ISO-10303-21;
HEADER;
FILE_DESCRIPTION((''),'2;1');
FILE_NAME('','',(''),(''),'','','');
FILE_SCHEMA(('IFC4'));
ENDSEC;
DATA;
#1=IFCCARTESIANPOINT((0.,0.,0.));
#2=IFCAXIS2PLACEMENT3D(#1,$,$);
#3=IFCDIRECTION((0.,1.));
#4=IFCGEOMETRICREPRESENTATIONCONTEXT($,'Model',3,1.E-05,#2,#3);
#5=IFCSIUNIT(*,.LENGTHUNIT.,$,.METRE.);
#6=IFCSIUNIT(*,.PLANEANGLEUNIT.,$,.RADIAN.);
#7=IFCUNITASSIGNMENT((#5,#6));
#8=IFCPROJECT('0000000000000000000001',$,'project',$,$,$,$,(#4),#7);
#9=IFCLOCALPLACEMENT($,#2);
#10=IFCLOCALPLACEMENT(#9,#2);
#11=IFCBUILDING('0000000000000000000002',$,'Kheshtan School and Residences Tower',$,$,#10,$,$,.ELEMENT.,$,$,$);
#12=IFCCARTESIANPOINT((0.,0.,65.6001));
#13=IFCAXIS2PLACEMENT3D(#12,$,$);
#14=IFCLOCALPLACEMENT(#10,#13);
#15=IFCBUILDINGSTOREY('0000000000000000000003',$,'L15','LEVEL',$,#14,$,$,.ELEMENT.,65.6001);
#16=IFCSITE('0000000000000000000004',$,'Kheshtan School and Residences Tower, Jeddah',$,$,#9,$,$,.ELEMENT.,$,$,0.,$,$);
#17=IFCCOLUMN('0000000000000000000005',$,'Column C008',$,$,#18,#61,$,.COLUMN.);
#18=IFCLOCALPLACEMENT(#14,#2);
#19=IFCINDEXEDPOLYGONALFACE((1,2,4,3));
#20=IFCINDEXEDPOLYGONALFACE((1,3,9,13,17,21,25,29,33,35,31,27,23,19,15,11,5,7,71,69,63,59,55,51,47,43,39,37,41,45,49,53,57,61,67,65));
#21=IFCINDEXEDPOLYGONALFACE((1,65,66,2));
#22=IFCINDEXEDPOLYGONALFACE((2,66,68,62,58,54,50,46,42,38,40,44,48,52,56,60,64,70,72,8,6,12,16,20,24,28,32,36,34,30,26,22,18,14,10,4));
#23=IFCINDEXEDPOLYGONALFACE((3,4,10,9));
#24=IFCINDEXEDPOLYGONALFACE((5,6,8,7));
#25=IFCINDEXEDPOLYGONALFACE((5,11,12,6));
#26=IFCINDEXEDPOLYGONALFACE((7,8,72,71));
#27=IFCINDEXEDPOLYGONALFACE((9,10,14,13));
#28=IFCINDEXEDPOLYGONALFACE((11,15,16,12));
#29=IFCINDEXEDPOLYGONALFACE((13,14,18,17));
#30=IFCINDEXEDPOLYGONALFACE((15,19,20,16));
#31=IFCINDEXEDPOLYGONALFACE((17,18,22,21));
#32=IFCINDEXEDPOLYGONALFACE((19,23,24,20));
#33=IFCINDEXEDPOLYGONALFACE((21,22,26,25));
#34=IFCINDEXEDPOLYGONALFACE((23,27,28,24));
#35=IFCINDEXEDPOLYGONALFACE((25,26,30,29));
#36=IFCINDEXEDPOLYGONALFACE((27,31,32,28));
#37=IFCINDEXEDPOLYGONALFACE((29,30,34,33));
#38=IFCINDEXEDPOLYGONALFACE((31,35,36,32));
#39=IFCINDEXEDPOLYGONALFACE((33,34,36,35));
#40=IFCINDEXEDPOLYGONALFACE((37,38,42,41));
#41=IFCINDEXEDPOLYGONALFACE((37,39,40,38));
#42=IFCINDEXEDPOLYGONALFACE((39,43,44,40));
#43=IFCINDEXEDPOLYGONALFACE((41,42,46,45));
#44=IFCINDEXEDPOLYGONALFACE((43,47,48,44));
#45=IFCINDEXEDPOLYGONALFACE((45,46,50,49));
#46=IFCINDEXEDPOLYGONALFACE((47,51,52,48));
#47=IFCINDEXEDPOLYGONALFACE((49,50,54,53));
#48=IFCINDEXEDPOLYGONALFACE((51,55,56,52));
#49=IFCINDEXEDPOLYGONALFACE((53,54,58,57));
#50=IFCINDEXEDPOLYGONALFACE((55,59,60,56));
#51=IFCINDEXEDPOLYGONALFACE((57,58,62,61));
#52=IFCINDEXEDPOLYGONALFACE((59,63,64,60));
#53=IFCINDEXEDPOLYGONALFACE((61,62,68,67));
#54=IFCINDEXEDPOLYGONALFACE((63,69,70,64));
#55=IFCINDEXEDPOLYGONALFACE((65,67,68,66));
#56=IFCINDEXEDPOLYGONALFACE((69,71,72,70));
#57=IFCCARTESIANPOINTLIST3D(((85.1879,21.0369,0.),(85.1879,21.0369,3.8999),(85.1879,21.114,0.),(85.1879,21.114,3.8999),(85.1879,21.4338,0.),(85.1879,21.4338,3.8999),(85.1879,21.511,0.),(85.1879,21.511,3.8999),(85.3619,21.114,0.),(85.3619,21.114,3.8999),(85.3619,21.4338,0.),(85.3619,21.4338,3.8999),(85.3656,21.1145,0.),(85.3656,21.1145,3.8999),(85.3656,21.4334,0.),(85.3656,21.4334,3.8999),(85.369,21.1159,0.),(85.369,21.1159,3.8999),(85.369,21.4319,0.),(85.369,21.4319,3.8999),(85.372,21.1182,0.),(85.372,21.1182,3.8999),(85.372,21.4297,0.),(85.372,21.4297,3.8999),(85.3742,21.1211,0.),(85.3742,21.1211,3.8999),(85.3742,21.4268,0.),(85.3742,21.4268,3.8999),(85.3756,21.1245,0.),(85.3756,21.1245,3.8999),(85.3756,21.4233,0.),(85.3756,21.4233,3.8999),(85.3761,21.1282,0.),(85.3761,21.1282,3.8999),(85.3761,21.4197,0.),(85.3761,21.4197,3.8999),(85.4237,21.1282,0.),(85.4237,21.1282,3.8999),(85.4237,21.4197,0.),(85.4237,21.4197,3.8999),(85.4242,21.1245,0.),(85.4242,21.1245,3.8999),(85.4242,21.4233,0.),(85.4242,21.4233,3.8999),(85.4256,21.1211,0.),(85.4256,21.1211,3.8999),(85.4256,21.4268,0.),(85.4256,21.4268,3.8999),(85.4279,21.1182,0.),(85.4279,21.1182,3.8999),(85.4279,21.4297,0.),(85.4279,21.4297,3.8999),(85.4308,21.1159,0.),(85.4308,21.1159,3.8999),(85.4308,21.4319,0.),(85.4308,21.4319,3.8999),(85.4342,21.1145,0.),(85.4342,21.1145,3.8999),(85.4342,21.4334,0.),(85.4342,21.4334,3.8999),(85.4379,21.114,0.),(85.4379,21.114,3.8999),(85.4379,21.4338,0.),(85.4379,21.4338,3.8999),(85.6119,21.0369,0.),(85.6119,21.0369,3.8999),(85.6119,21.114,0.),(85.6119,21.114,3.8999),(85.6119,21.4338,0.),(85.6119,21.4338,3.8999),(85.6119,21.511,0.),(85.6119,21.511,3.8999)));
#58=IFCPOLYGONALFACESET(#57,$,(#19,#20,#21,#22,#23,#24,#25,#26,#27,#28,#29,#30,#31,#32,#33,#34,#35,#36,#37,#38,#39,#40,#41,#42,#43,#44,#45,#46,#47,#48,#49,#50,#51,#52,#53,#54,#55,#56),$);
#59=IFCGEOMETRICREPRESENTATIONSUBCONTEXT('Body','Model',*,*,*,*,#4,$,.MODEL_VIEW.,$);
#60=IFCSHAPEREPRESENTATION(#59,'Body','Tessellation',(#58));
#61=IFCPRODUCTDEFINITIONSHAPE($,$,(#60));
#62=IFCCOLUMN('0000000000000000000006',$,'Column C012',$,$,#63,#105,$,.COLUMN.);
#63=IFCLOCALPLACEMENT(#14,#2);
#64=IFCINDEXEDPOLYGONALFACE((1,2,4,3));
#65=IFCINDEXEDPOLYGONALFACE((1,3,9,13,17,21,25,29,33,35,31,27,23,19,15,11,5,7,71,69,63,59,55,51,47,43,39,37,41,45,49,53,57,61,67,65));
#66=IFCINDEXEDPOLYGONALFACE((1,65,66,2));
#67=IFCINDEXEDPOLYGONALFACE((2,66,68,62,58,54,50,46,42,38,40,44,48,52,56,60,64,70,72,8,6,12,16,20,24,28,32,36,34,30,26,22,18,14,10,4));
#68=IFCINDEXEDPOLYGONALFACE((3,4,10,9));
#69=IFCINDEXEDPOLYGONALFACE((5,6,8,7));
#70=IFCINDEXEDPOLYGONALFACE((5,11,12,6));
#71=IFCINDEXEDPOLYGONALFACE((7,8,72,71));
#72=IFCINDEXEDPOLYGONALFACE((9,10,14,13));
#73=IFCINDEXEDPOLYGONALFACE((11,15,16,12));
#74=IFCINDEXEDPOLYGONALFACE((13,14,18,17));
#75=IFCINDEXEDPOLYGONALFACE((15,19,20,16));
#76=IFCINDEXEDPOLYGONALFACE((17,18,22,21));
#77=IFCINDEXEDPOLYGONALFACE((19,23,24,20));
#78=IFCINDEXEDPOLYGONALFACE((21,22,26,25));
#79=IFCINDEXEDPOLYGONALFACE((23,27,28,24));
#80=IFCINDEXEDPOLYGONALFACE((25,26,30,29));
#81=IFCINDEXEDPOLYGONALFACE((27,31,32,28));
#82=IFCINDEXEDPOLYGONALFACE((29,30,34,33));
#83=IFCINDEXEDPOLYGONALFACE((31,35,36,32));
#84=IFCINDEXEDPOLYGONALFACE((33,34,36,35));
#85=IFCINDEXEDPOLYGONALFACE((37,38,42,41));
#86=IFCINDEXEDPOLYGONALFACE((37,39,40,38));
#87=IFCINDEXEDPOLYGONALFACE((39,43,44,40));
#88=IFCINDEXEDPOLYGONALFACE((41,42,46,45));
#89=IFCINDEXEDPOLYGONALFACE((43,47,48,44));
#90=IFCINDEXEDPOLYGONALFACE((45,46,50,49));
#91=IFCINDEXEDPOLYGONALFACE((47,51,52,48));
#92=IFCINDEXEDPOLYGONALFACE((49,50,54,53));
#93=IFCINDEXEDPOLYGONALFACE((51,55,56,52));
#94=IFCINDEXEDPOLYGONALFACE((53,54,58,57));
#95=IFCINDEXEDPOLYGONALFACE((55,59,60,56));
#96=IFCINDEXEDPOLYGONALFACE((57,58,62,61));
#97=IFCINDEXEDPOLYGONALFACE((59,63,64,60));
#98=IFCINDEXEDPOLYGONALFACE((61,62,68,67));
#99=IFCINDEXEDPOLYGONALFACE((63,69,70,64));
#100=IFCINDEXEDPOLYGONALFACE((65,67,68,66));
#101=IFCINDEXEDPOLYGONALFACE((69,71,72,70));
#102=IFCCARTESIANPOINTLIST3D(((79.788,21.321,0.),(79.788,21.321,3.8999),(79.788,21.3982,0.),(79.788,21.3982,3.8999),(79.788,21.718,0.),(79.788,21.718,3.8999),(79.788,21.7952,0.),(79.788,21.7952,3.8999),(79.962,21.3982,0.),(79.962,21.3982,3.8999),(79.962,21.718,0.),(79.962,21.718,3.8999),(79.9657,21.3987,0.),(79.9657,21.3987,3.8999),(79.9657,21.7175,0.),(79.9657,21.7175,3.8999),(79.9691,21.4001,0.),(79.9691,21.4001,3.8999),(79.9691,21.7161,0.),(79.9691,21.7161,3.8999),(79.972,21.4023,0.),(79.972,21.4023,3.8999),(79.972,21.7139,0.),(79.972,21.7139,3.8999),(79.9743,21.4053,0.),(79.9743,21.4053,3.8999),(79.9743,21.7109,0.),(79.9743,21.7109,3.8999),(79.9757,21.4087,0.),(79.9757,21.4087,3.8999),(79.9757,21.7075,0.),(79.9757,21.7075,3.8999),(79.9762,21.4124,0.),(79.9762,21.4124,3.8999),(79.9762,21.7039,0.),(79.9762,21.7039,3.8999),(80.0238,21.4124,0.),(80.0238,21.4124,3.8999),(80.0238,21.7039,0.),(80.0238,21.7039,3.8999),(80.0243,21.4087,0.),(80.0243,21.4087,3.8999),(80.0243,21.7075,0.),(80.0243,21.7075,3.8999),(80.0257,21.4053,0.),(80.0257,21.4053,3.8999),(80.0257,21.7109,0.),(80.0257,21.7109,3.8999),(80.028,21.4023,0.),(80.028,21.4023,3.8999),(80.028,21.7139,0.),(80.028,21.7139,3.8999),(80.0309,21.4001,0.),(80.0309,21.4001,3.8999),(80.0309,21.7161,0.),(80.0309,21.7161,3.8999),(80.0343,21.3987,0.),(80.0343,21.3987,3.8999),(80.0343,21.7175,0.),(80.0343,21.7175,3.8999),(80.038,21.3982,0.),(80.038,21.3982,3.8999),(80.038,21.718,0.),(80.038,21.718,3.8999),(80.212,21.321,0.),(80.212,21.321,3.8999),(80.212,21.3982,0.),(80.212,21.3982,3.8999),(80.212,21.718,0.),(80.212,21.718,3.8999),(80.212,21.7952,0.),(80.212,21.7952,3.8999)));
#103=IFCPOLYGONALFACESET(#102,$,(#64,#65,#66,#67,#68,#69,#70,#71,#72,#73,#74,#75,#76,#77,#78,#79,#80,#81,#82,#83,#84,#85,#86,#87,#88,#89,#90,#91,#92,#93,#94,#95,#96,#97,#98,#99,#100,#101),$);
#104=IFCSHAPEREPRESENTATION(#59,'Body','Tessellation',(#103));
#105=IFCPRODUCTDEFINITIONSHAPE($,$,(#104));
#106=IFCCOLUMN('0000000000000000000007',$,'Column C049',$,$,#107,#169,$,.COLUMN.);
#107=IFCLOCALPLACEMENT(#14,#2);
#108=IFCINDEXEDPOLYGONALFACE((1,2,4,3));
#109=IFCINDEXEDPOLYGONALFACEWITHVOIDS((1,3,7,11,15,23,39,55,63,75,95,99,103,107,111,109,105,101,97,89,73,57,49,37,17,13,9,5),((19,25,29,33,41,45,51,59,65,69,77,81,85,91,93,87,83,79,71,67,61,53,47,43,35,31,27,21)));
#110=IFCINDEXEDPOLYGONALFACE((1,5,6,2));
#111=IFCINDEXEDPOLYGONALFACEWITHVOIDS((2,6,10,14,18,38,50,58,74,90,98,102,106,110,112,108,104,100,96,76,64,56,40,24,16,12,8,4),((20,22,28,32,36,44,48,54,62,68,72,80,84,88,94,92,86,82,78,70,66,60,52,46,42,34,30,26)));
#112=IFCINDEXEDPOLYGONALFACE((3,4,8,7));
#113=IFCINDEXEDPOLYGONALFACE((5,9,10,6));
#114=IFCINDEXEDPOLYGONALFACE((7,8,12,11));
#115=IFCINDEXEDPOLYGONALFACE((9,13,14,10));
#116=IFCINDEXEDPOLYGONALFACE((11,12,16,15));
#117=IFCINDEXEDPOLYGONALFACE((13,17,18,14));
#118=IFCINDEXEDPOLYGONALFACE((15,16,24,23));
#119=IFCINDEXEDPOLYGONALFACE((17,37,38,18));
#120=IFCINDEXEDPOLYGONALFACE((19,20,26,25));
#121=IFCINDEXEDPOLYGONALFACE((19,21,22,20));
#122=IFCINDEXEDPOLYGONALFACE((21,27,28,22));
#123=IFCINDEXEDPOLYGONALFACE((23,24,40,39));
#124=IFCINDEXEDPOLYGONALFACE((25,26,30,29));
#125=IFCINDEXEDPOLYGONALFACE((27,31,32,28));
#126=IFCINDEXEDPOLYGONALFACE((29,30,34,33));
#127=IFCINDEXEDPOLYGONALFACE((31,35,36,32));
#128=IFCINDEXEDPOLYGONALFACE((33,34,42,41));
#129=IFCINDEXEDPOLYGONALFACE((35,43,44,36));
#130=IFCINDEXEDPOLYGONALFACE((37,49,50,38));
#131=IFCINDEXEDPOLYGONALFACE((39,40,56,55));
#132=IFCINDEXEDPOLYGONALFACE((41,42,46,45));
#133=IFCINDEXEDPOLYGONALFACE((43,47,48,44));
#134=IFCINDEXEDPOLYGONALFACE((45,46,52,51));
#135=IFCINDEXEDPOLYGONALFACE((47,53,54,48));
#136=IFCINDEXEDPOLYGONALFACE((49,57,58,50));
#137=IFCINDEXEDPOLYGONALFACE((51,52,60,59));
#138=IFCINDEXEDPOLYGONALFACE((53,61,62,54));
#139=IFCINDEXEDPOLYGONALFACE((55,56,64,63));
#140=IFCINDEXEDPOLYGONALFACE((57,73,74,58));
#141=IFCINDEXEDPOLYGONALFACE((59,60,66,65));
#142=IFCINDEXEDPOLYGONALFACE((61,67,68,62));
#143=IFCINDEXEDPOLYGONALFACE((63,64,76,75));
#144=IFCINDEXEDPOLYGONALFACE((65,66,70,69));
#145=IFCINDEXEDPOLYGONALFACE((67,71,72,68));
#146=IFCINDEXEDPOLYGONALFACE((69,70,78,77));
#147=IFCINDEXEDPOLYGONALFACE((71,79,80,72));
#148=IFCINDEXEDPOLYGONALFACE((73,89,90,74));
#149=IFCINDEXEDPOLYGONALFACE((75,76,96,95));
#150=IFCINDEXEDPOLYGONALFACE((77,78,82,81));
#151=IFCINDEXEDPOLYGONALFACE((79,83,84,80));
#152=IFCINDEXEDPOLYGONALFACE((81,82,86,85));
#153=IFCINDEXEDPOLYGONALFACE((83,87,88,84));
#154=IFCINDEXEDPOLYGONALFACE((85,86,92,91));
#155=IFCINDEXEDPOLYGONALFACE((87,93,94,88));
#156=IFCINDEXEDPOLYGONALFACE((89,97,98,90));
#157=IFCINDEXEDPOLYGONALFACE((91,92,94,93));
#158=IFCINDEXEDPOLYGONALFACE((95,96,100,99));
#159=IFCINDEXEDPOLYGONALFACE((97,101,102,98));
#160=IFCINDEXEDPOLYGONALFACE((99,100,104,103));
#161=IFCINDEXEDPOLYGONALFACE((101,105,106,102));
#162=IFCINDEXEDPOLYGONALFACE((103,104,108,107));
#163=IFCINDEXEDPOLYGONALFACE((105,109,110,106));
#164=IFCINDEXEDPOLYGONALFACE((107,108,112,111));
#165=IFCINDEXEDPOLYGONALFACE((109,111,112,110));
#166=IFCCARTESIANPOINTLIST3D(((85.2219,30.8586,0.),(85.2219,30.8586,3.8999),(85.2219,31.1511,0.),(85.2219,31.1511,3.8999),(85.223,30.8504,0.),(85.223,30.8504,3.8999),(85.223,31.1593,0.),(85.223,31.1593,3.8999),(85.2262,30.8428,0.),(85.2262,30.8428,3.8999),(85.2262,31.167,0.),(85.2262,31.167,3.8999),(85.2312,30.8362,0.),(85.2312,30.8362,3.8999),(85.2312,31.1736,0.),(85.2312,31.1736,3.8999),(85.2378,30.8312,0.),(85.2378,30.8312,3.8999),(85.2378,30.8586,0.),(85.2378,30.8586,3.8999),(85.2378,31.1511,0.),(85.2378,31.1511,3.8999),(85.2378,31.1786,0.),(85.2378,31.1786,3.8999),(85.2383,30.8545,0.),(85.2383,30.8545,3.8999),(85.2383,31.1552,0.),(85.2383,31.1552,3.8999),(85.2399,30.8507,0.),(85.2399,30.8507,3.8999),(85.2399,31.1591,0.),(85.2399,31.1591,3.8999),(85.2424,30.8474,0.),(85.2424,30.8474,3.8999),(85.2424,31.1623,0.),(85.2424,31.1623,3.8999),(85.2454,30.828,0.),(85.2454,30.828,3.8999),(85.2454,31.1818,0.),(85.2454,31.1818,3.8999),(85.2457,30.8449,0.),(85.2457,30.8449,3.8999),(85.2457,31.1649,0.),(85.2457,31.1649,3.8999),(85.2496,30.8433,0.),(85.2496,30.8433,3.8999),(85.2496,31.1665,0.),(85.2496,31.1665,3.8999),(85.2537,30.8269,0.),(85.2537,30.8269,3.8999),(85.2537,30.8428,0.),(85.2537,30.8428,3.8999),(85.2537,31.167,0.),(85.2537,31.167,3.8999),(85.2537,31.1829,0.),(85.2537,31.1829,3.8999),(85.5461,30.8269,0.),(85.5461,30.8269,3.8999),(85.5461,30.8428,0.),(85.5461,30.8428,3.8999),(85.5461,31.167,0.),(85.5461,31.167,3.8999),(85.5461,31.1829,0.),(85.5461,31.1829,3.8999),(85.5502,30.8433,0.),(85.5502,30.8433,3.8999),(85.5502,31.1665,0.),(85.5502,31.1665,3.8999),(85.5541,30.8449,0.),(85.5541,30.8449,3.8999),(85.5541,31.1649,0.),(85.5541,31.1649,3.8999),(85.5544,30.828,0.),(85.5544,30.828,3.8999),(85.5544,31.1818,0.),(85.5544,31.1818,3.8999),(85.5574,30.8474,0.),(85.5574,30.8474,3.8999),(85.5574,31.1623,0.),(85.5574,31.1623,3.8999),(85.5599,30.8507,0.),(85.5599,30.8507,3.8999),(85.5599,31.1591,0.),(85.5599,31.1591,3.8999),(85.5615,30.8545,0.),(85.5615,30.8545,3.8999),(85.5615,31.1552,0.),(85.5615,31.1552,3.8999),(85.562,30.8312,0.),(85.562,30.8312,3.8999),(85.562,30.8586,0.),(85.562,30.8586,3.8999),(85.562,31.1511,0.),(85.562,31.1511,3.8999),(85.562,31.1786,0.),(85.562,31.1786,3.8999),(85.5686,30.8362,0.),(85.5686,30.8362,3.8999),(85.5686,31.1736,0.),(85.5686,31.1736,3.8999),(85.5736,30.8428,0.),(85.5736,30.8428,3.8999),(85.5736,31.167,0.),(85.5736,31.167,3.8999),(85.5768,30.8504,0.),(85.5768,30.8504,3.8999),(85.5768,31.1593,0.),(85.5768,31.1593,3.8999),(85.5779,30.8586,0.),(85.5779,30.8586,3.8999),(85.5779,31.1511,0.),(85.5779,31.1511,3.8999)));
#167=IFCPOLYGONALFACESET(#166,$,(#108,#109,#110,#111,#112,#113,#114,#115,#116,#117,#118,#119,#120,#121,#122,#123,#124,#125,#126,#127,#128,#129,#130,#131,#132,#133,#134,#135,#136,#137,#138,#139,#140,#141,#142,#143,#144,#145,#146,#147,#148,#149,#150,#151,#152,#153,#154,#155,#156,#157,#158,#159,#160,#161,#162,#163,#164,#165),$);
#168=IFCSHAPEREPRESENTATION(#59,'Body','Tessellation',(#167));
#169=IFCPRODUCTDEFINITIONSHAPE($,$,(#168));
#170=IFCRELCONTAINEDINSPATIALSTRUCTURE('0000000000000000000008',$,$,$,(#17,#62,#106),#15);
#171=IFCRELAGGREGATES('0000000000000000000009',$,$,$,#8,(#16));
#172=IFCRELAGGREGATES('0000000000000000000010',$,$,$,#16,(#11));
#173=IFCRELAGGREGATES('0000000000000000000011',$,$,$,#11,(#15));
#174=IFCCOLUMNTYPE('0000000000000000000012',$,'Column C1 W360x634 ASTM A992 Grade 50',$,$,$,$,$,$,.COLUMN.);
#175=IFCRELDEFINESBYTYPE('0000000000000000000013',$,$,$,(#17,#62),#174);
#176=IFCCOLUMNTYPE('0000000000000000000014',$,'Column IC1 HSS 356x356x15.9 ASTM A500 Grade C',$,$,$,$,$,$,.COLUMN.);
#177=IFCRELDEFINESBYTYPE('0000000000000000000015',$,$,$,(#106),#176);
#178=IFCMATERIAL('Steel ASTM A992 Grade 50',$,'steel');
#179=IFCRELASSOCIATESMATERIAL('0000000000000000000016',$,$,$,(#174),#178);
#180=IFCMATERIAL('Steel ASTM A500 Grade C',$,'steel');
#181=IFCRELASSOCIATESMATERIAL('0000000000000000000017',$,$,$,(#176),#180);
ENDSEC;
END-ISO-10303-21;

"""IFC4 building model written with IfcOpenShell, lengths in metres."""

from ifc_helpers import new_model, si_unit, direction, frame, origin, origin_2d, place, context, subcontext, project, spatial, hollow_rectangle, i_section, extrude, material, material_profile, profile_set, type_object, element, save


model = new_model("IFC4")

# Units and contexts
model_context = context("Model", 3, precision=1e-05, world=origin(), true_north=direction((0.0, 1.0)))
body_context = subcontext(model_context, "Body", "Model", "MODEL_VIEW")
ifc_project = project(units=[si_unit("LENGTHUNIT", "METRE"), si_unit("PLANEANGLEUNIT", "RADIAN")], contexts=[model_context])

# Site, building, storey
site_placement = place(None, origin())
site = spatial("IfcSite", under=ifc_project, at=site_placement, Name="Kheshtan School and Residences Tower, Jeddah", CompositionType="ELEMENT", RefElevation=0.0)
building_placement = place(site_placement, origin())
building = spatial("IfcBuilding", under=site, at=building_placement, Name="Kheshtan School and Residences Tower", CompositionType="ELEMENT")
storey_placement = place(building_placement, frame((0.0, 0.0, 65.6001)))
storey = spatial("IfcBuildingStorey", under=building, at=storey_placement, Name="L15", Description="LEVEL", CompositionType="ELEMENT", Elevation=65.6001)

# Columns
ifc_material_1 = material(Name="Steel ASTM A992 Grade 50", Category="steel")
ifc_material_profile_1 = material_profile(ifc_material_1, i_section(OverallWidth=0.4241, OverallDepth=0.4741, WebThickness=0.0476, FlangeThickness=0.0771, FilletRadius=0.0142, at=origin_2d()), Name="W360x634")
ifc_profile_set_1 = profile_set([ifc_material_profile_1], Name="Steel ASTM A992 Grade 50")
column_type_1 = type_object("IfcColumnType", Name="Column C1 W360x634 ASTM A992 Grade 50", PredefinedType="COLUMN", material=ifc_profile_set_1)
for number, where, z_axis, x_axis, name in (
    (1, (85.3999, 21.2739, 0.0), (0.0, 0.0, 1.0), (1.0, 0.0, 0.0), "Column C008"),
    (2, (80.0, 21.5581, 0.0), (0.0, 0.0, 1.0), (1.0, 0.0, 0.0), "Column C012"),
):
    element("IfcColumn", number, at=place(storey_placement, frame(where, z_axis=z_axis, x_axis=x_axis)), inside=storey, type_object=column_type_1, Name=name, PredefinedType="COLUMN", context=body_context, shape_type="SweptSolid", body=[
        extrude(i_section(OverallWidth=0.4241, OverallDepth=0.4741, WebThickness=0.0476, FlangeThickness=0.0771, FilletRadius=0.0142, at=origin_2d()), origin(), (0.0, 0.0, 1.0), 3.8999),
    ])
ifc_material_2 = material(Name="Steel ASTM A500 Grade C", Category="steel")
ifc_material_profile_2 = material_profile(ifc_material_2, hollow_rectangle(XDim=0.356, YDim=0.356, WallThickness=0.0159, InnerFilletRadius=0.0159, OuterFilletRadius=0.0317, at=origin_2d()), Name="HSS 356x356x15.9")
ifc_profile_set_2 = profile_set([ifc_material_profile_2], Name="Steel ASTM A500 Grade C")
column_type_2 = type_object("IfcColumnType", Name="Column IC1 HSS 356x356x15.9 ASTM A500 Grade C", PredefinedType="COLUMN", material=ifc_profile_set_2)
column_placement = place(storey_placement, frame((85.3999, 31.0049, 0.0), z_axis=(0.0, 0.0, 1.0), x_axis=(1.0, 0.0, 0.0)))
element("IfcColumn", 3, at=column_placement, inside=storey, type_object=column_type_2, Name="Column C049", PredefinedType="COLUMN", context=body_context, shape_type="SweptSolid", body=[
    extrude(hollow_rectangle(XDim=0.356, YDim=0.356, WallThickness=0.0159, InnerFilletRadius=0.0159, OuterFilletRadius=0.0317, at=origin_2d()), origin(), (0.0, 0.0, 1.0), 3.8999),
])

save(model, "model.ifc")
